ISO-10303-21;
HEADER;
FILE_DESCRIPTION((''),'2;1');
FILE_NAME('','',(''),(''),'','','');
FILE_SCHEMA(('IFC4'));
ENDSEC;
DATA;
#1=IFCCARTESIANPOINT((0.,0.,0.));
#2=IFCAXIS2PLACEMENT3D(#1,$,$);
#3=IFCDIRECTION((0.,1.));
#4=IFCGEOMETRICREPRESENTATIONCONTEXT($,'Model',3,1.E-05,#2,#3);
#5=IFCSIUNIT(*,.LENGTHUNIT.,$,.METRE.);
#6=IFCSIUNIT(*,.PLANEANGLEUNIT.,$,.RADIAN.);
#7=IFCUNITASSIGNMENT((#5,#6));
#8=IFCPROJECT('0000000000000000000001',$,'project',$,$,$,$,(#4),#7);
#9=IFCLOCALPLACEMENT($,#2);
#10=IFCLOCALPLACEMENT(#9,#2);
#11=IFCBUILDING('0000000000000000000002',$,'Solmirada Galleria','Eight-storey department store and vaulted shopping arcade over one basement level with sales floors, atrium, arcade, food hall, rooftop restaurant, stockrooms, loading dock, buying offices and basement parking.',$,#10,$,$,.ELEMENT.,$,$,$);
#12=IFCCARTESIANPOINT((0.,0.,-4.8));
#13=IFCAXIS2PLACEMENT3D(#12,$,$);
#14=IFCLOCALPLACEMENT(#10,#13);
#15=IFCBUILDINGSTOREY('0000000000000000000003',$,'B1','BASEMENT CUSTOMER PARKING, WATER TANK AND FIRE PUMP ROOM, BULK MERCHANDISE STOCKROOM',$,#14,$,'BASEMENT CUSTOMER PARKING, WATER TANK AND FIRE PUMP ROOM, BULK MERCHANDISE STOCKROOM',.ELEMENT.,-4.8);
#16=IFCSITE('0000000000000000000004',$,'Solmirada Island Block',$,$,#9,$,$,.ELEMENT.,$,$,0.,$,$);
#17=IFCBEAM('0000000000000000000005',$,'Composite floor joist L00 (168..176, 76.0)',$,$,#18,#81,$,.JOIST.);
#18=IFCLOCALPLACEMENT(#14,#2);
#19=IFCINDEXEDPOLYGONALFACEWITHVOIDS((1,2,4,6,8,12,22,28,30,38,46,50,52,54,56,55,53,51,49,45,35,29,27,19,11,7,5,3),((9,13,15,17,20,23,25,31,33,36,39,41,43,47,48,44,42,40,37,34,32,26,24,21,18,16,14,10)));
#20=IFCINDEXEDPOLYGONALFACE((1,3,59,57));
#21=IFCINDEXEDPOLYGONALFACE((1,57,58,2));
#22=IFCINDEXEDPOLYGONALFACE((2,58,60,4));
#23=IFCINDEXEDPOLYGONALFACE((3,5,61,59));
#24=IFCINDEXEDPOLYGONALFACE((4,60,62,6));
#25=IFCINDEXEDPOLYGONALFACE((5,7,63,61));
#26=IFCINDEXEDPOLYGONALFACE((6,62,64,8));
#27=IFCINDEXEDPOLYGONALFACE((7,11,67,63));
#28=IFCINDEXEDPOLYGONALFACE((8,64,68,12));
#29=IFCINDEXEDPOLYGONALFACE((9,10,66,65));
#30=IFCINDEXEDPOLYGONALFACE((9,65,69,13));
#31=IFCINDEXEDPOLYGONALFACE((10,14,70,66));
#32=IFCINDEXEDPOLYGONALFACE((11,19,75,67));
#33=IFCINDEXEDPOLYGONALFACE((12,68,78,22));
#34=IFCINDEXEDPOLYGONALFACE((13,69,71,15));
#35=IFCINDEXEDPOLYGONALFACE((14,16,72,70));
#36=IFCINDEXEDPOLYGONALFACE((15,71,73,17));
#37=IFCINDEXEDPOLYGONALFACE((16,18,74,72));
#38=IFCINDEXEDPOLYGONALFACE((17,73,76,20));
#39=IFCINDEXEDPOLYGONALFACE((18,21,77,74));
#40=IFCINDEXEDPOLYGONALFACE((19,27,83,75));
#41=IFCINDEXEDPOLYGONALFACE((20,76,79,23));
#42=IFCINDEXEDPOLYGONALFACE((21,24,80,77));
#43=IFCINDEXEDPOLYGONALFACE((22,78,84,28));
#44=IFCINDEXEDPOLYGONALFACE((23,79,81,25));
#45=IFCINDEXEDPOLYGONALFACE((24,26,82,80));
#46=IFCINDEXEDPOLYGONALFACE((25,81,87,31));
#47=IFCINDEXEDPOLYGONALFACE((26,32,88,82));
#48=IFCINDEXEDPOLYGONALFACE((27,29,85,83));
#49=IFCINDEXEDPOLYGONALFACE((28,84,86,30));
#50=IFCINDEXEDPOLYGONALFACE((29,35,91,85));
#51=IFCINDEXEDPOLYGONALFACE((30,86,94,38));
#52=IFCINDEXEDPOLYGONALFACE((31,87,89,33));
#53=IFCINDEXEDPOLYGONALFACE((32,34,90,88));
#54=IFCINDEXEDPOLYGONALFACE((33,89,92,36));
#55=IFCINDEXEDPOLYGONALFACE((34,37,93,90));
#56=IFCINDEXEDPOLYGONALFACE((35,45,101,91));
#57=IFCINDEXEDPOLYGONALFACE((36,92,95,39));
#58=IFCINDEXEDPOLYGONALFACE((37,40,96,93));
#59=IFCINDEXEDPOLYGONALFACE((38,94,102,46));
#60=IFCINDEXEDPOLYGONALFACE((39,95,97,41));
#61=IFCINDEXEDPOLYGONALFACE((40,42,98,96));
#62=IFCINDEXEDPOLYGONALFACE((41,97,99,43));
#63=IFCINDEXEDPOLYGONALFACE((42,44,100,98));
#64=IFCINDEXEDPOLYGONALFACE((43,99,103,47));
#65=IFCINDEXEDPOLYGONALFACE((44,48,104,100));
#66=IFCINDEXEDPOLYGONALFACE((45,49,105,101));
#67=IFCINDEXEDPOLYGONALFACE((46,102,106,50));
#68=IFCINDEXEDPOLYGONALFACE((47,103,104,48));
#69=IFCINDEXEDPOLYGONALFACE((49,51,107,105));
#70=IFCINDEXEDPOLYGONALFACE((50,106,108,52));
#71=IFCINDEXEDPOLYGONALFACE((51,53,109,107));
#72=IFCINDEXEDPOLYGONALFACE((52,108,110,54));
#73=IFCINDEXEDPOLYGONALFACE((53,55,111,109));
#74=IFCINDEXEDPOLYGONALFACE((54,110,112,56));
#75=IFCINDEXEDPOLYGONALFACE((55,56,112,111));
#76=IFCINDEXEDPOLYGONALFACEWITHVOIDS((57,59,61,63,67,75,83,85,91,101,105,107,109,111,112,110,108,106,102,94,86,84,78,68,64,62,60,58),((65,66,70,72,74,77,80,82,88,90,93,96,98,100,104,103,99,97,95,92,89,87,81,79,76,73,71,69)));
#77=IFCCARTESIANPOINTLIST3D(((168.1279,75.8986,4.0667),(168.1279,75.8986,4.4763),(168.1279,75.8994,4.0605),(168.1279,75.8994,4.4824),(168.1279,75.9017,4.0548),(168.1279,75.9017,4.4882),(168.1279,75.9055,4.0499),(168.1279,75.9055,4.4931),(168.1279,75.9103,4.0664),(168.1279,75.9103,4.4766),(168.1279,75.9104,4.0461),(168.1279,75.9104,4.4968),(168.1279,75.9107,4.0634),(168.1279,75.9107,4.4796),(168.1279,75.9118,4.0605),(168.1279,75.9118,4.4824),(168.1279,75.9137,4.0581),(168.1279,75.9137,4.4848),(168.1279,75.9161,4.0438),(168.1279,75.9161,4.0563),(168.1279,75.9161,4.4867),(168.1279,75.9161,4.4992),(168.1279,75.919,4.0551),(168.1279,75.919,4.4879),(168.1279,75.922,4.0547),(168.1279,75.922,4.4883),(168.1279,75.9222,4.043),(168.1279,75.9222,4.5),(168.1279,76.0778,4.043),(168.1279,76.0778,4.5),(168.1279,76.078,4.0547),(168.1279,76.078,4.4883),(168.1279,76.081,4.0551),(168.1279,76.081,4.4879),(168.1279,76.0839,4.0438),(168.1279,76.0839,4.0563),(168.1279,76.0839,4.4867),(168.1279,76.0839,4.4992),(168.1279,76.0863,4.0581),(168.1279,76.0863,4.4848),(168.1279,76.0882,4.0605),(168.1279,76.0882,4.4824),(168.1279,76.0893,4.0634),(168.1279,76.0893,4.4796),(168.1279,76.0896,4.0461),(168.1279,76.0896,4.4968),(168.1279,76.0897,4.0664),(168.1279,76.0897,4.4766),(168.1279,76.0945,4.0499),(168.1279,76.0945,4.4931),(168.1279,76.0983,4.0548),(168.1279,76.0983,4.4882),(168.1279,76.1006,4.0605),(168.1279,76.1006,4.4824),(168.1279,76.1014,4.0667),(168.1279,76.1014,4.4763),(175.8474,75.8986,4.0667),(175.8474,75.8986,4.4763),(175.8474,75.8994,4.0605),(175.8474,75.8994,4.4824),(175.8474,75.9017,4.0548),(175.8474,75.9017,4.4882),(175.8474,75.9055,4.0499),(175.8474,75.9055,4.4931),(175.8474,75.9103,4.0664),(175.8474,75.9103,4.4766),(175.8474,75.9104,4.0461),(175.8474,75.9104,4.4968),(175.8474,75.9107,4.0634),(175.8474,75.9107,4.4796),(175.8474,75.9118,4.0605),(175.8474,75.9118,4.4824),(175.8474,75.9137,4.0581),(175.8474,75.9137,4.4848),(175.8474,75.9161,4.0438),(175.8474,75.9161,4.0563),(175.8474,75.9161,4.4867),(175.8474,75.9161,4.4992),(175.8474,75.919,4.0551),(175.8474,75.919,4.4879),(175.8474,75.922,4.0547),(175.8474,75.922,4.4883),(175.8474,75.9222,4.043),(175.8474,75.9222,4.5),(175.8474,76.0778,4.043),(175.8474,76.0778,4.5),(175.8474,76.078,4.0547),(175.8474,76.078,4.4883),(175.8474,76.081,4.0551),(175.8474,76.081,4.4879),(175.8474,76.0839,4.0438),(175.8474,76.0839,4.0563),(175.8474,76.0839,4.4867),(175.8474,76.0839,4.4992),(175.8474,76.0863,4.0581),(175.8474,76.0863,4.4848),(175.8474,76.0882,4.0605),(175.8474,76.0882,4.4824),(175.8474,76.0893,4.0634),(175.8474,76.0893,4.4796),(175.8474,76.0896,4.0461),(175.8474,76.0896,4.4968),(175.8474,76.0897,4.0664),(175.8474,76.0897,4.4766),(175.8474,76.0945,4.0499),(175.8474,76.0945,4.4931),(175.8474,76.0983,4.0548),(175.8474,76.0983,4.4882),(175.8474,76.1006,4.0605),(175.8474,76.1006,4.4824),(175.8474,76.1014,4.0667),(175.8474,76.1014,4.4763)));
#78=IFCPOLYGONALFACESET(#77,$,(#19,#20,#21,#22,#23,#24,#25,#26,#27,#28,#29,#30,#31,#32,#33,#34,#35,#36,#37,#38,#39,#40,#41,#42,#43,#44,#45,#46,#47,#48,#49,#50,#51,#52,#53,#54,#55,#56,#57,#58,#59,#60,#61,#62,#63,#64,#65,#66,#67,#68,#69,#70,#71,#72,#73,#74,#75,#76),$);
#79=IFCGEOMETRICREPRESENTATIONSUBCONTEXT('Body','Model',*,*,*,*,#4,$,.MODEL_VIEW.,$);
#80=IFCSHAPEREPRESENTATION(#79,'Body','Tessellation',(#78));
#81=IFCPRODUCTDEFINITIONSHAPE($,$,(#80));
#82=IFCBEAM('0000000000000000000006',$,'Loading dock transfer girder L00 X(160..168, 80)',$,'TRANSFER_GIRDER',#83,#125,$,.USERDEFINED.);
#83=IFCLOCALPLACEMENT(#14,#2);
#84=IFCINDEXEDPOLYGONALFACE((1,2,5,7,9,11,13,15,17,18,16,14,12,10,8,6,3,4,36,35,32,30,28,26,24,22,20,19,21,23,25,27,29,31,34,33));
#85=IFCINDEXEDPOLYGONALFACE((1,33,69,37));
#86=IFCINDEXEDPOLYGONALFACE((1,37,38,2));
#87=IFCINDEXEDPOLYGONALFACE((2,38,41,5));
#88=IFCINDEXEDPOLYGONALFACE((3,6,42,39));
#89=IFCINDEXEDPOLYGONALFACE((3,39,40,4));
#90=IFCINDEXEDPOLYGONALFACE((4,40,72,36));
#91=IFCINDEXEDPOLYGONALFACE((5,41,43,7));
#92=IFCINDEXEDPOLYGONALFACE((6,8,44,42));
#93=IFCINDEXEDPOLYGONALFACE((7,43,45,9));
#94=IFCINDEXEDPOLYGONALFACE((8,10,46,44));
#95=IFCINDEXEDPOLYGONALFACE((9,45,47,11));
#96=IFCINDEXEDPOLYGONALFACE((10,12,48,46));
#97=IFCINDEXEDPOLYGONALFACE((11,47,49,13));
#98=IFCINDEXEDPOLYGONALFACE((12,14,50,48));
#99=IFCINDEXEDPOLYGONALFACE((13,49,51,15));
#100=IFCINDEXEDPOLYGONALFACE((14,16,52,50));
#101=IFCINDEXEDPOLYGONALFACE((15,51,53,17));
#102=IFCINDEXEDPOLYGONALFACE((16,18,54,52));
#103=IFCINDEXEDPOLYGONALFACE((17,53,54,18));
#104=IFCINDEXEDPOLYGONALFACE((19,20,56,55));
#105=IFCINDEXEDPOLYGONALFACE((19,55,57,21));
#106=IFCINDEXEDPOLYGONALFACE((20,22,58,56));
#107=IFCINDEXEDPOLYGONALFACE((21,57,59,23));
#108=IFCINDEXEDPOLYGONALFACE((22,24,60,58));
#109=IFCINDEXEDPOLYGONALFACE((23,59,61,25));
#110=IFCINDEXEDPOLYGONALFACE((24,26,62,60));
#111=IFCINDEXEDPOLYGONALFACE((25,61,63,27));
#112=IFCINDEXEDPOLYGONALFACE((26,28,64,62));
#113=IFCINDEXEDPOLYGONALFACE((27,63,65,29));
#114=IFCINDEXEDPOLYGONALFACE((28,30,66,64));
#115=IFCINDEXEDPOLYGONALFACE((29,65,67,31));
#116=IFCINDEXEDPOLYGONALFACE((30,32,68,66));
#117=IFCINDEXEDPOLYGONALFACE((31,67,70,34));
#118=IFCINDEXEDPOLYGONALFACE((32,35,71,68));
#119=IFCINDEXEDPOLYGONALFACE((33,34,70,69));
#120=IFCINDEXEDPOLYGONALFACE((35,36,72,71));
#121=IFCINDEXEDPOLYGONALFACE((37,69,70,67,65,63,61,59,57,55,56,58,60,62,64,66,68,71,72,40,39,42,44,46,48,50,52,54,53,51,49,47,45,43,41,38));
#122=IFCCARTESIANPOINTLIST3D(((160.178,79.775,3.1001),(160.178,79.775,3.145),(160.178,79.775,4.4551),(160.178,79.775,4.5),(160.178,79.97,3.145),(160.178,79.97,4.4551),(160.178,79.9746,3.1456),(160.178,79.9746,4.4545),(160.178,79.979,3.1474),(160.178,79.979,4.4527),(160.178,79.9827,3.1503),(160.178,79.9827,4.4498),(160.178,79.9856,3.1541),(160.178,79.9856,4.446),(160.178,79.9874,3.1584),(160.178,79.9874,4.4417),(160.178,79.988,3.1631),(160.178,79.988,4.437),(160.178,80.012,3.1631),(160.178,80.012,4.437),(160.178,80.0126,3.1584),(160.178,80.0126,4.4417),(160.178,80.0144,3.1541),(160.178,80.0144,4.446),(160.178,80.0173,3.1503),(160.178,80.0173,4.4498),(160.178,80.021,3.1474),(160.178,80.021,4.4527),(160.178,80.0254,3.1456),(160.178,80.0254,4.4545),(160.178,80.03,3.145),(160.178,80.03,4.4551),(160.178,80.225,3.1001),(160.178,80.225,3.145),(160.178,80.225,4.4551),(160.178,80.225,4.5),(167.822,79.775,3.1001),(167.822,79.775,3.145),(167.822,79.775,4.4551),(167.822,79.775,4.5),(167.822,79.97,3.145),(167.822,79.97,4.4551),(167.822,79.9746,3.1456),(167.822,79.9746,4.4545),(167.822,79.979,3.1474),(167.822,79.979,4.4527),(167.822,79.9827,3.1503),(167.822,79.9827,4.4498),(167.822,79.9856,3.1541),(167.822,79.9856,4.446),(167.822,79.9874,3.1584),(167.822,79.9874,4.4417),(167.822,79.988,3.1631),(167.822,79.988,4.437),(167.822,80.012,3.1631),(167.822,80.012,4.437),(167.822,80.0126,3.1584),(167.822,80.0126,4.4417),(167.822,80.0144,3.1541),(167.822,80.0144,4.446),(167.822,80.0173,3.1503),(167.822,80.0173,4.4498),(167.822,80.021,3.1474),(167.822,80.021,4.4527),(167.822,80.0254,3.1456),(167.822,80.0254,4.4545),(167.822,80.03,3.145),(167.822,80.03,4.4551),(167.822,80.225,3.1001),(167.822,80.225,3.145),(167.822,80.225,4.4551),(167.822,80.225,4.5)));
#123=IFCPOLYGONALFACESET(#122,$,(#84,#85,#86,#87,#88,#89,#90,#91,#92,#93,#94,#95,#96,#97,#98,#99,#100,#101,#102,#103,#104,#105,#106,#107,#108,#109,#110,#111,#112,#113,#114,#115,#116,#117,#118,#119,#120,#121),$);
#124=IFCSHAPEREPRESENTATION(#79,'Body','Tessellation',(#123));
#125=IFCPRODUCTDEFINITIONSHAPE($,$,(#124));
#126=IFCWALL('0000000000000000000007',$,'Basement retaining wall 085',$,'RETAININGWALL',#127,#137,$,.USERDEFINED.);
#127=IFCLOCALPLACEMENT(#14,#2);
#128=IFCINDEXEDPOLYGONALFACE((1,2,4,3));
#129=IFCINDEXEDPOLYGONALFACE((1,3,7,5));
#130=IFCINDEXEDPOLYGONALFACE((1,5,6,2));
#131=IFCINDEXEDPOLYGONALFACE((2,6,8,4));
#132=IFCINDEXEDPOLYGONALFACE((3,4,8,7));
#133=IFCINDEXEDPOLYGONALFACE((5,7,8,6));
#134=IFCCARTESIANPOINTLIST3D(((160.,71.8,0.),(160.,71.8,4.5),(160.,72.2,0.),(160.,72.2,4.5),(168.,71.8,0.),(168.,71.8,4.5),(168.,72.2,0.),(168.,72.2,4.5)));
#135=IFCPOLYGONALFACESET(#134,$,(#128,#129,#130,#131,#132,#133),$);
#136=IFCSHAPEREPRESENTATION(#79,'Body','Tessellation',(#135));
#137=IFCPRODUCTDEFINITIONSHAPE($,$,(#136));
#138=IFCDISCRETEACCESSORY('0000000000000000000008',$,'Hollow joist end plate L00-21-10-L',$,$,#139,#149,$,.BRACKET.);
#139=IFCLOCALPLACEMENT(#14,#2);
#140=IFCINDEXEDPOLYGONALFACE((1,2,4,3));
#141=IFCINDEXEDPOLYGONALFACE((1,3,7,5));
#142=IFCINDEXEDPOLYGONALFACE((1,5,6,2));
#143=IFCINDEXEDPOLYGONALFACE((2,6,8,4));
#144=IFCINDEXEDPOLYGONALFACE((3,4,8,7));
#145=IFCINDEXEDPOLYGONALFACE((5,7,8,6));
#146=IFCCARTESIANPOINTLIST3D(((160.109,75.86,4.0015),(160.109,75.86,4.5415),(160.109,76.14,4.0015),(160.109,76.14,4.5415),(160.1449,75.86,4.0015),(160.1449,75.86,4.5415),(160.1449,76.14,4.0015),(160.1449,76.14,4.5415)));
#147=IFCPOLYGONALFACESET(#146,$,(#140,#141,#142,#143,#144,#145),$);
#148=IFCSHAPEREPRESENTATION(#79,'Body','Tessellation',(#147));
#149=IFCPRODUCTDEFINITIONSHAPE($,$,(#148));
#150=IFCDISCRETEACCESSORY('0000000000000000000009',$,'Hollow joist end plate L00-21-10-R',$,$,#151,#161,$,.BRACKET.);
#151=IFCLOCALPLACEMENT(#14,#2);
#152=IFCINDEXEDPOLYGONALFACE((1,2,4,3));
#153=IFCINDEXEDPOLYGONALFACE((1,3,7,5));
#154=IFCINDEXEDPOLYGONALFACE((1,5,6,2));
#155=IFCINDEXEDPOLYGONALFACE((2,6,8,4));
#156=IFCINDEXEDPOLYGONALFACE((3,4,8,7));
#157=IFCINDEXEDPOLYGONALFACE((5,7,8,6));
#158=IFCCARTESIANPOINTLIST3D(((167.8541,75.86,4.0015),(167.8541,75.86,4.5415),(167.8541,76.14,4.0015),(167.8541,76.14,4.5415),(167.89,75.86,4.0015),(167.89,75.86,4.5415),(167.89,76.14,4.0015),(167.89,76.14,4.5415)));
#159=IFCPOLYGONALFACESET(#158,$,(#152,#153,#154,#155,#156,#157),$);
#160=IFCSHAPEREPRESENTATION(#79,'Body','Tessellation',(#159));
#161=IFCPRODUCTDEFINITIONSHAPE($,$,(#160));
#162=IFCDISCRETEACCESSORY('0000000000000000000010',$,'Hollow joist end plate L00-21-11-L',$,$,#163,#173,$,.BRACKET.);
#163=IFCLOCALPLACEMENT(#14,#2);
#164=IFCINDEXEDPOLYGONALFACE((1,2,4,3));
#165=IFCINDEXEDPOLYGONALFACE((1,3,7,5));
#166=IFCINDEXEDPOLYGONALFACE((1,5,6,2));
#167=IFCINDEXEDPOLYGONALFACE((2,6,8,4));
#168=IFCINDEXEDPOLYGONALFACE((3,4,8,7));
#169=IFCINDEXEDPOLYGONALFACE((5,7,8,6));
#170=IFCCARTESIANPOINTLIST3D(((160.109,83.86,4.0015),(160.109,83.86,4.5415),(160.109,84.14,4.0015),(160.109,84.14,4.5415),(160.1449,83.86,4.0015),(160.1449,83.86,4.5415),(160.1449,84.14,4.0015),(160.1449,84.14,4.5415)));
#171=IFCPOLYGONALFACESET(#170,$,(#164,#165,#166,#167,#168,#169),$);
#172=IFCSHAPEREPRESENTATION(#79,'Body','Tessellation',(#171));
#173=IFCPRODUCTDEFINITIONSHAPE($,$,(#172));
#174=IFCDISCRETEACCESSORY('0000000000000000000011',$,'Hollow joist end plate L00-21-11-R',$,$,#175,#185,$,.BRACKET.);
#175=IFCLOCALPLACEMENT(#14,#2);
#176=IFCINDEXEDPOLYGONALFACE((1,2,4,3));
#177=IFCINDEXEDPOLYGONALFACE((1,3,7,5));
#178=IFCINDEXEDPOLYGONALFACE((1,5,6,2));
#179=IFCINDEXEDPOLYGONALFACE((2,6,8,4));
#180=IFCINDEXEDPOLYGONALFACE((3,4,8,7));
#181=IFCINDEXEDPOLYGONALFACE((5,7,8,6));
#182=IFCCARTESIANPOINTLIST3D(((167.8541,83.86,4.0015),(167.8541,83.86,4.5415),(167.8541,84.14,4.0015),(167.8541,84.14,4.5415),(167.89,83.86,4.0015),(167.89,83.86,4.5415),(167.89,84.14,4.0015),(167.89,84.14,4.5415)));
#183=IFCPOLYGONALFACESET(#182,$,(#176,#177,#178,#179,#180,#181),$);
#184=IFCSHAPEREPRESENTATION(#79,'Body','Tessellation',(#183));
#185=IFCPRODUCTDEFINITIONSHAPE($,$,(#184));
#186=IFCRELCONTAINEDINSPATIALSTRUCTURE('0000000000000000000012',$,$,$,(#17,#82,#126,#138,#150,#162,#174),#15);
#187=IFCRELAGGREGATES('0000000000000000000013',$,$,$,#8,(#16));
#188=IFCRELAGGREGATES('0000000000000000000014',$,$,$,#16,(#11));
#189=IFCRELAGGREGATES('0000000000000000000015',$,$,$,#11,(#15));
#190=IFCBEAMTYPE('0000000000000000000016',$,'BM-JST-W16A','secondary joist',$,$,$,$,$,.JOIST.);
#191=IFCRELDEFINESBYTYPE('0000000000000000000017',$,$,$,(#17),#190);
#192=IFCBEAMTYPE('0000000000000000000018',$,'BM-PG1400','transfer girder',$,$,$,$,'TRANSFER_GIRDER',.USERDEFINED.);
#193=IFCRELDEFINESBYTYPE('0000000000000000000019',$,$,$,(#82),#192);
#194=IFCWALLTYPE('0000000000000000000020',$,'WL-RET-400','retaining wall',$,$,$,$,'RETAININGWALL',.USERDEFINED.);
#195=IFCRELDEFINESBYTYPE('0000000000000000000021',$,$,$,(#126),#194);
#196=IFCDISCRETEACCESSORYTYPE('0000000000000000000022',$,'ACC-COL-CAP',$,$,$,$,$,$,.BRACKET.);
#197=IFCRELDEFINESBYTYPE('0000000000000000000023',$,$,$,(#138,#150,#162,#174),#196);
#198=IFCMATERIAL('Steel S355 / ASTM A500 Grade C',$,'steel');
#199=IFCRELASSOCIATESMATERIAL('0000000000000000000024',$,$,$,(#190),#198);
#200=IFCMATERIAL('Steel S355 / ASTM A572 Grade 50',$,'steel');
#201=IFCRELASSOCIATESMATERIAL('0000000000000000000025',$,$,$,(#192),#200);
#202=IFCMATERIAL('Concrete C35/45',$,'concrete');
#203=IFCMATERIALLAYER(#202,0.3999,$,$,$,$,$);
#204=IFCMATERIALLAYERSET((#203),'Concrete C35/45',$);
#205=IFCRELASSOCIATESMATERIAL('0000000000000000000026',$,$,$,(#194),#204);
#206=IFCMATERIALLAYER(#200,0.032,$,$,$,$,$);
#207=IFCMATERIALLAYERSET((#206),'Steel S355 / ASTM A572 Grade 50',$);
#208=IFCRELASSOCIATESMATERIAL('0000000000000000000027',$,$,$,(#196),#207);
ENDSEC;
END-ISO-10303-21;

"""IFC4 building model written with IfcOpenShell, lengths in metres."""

from ifc_helpers import new_model, si_unit, direction, frame, frame_2d, origin, origin_2d, place, context, subcontext, project, spatial, rectangle, hollow_rectangle, i_section, extrude, material, layer, layer_set, material_profile, profile_set, type_object, element, save


model = new_model("IFC4")

# Units and contexts
model_context = context("Model", 3, precision=1e-05, world=origin(), true_north=direction((0.0, 1.0)))
body_context = subcontext(model_context, "Body", "Model", "MODEL_VIEW")
ifc_project = project(units=[si_unit("LENGTHUNIT", "METRE"), si_unit("PLANEANGLEUNIT", "RADIAN")], contexts=[model_context])

# Site, building, storey
site_placement = place(None, origin())
site = spatial("IfcSite", under=ifc_project, at=site_placement, Name="Solmirada Island Block", CompositionType="ELEMENT", RefElevation=0.0)
building_placement = place(site_placement, origin())
building = spatial("IfcBuilding", under=site, at=building_placement, Name="Solmirada Galleria", Description="Eight-storey department store and vaulted shopping arcade over one basement level with sales floors, atrium, arcade, food hall, rooftop restaurant, stockrooms, loading dock, buying offices and basement parking.", CompositionType="ELEMENT")
storey_placement = place(building_placement, frame((0.0, 0.0, -4.8)))
storey = spatial("IfcBuildingStorey", under=building, at=storey_placement, Name="B1", Description="BASEMENT CUSTOMER PARKING, WATER TANK AND FIRE PUMP ROOM, BULK MERCHANDISE STOCKROOM", LongName="BASEMENT CUSTOMER PARKING, WATER TANK AND FIRE PUMP ROOM, BULK MERCHANDISE STOCKROOM", CompositionType="ELEMENT", Elevation=-4.8)

# Shared definitions
ifc_material_1 = material(Name="Concrete C35/45", Category="concrete")

# Shared definitions
ifc_material_2 = material(Name="Steel S355 / ASTM A500 Grade C", Category="steel")

# Beams
ifc_material_profile_1 = material_profile(ifc_material_2, hollow_rectangle(XDim=0.2029, YDim=0.457, WallThickness=0.0117, InnerFilletRadius=0.0117, OuterFilletRadius=0.0237, at=origin_2d()), Name="HSS18X8X1/2")
ifc_profile_set_1 = profile_set([ifc_material_profile_1], Name="Steel S355 / ASTM A500 Grade C")
beam_type_1 = type_object("IfcBeamType", Name="BM-JST-W16A", Description="secondary joist", PredefinedType="JOIST", material=ifc_profile_set_1)
beam_1_placement = place(storey_placement, frame((168.1279, 76.0, 4.2715), z_axis=(1.0, 0.0, 0.0), x_axis=(0.0, 1.0, 0.0)))
element("IfcBeam", 1, at=beam_1_placement, inside=storey, type_object=beam_type_1, Name="Composite floor joist L00 (168..176, 76.0)", PredefinedType="JOIST", context=body_context, shape_type="SweptSolid", body=[
    extrude(hollow_rectangle(XDim=0.2029, YDim=0.457, WallThickness=0.0117, InnerFilletRadius=0.0117, OuterFilletRadius=0.0237, at=origin_2d()), origin(), (0.0, 0.0, 1.0), 7.7195),
])
ifc_material_3 = material(Name="Steel S355 / ASTM A572 Grade 50", Category="steel")
ifc_material_profile_2 = material_profile(ifc_material_3, i_section(OverallWidth=0.45, OverallDepth=1.3999, WebThickness=0.0239, FlangeThickness=0.0449, FilletRadius=0.0181, at=origin_2d()), Name="PG1400X450")
ifc_profile_set_2 = profile_set([ifc_material_profile_2], Name="Steel S355 / ASTM A572 Grade 50")
beam_type_2 = type_object("IfcBeamType", Name="BM-PG1400", Description="transfer girder", ElementType="TRANSFER_GIRDER", PredefinedType="USERDEFINED", material=ifc_profile_set_2)
beam_2_placement = place(storey_placement, frame((160.178, 80.0, 3.8), z_axis=(1.0, 0.0, 0.0), x_axis=(0.0, 1.0, 0.0)))
element("IfcBeam", 2, at=beam_2_placement, inside=storey, type_object=beam_type_2, Name="Loading dock transfer girder L00 X(160..168, 80)", ObjectType="TRANSFER_GIRDER", PredefinedType="USERDEFINED", context=body_context, shape_type="SweptSolid", body=[
    extrude(i_section(OverallWidth=0.45, OverallDepth=1.3999, WebThickness=0.0239, FlangeThickness=0.0449, FilletRadius=0.0181, at=origin_2d()), origin(), (0.0, 0.0, 1.0), 7.644),
])

# Wall
ifc_layer_1 = layer(ifc_material_1, 0.3999)
ifc_layer_set_1 = layer_set([ifc_layer_1], Name="Concrete C35/45")
wall_type = type_object("IfcWallType", Name="WL-RET-400", Description="retaining wall", ElementType="RETAININGWALL", PredefinedType="USERDEFINED", material=ifc_layer_set_1)
wall_placement = place(storey_placement, frame((168.0, 72.0, 0.0), z_axis=(0.0, 0.0, 1.0), x_axis=(-1.0, 0.0, 0.0)))
element("IfcWall", 3, at=wall_placement, inside=storey, type_object=wall_type, Name="Basement retaining wall 085", ObjectType="RETAININGWALL", PredefinedType="USERDEFINED", context=body_context, shape_type="SweptSolid", body=[
    extrude(rectangle(XDim=8.0, YDim=0.3999, at=frame_2d((4.0, 0.0))), origin(), (0.0, 0.0, 1.0), 4.5),
])

# Discrete accessories
ifc_layer_2 = layer(ifc_material_3, 0.032)
ifc_layer_set_2 = layer_set([ifc_layer_2], Name="Steel S355 / ASTM A572 Grade 50")
discrete_accessory_type = type_object("IfcDiscreteAccessoryType", Name="ACC-COL-CAP", PredefinedType="BRACKET", material=ifc_layer_set_2)
for number, where, z_axis, x_axis, name in (
    (4, (160.127, 76.0, 4.0015), (0.0, 0.0, 1.0), (1.0, 0.0, 0.0), "Hollow joist end plate L00-21-10-L"),
    (5, (167.8721, 76.0, 4.0015), (0.0, 0.0, 1.0), (1.0, 0.0, 0.0), "Hollow joist end plate L00-21-10-R"),
    (6, (160.127, 84.0, 4.0015), (0.0, 0.0, 1.0), (1.0, 0.0, 0.0), "Hollow joist end plate L00-21-11-L"),
    (7, (167.8721, 84.0, 4.0015), (0.0, 0.0, 1.0), (1.0, 0.0, 0.0), "Hollow joist end plate L00-21-11-R"),
):
    element("IfcDiscreteAccessory", number, at=place(storey_placement, frame(where, z_axis=z_axis, x_axis=x_axis)), inside=storey, type_object=discrete_accessory_type, Name=name, PredefinedType="BRACKET", context=body_context, shape_type="SweptSolid", body=[
        extrude(rectangle(XDim=0.0359, YDim=0.28, at=origin_2d()), origin(), (0.0, 0.0, 1.0), 0.54),
    ])

save(model, "model.ifc")
